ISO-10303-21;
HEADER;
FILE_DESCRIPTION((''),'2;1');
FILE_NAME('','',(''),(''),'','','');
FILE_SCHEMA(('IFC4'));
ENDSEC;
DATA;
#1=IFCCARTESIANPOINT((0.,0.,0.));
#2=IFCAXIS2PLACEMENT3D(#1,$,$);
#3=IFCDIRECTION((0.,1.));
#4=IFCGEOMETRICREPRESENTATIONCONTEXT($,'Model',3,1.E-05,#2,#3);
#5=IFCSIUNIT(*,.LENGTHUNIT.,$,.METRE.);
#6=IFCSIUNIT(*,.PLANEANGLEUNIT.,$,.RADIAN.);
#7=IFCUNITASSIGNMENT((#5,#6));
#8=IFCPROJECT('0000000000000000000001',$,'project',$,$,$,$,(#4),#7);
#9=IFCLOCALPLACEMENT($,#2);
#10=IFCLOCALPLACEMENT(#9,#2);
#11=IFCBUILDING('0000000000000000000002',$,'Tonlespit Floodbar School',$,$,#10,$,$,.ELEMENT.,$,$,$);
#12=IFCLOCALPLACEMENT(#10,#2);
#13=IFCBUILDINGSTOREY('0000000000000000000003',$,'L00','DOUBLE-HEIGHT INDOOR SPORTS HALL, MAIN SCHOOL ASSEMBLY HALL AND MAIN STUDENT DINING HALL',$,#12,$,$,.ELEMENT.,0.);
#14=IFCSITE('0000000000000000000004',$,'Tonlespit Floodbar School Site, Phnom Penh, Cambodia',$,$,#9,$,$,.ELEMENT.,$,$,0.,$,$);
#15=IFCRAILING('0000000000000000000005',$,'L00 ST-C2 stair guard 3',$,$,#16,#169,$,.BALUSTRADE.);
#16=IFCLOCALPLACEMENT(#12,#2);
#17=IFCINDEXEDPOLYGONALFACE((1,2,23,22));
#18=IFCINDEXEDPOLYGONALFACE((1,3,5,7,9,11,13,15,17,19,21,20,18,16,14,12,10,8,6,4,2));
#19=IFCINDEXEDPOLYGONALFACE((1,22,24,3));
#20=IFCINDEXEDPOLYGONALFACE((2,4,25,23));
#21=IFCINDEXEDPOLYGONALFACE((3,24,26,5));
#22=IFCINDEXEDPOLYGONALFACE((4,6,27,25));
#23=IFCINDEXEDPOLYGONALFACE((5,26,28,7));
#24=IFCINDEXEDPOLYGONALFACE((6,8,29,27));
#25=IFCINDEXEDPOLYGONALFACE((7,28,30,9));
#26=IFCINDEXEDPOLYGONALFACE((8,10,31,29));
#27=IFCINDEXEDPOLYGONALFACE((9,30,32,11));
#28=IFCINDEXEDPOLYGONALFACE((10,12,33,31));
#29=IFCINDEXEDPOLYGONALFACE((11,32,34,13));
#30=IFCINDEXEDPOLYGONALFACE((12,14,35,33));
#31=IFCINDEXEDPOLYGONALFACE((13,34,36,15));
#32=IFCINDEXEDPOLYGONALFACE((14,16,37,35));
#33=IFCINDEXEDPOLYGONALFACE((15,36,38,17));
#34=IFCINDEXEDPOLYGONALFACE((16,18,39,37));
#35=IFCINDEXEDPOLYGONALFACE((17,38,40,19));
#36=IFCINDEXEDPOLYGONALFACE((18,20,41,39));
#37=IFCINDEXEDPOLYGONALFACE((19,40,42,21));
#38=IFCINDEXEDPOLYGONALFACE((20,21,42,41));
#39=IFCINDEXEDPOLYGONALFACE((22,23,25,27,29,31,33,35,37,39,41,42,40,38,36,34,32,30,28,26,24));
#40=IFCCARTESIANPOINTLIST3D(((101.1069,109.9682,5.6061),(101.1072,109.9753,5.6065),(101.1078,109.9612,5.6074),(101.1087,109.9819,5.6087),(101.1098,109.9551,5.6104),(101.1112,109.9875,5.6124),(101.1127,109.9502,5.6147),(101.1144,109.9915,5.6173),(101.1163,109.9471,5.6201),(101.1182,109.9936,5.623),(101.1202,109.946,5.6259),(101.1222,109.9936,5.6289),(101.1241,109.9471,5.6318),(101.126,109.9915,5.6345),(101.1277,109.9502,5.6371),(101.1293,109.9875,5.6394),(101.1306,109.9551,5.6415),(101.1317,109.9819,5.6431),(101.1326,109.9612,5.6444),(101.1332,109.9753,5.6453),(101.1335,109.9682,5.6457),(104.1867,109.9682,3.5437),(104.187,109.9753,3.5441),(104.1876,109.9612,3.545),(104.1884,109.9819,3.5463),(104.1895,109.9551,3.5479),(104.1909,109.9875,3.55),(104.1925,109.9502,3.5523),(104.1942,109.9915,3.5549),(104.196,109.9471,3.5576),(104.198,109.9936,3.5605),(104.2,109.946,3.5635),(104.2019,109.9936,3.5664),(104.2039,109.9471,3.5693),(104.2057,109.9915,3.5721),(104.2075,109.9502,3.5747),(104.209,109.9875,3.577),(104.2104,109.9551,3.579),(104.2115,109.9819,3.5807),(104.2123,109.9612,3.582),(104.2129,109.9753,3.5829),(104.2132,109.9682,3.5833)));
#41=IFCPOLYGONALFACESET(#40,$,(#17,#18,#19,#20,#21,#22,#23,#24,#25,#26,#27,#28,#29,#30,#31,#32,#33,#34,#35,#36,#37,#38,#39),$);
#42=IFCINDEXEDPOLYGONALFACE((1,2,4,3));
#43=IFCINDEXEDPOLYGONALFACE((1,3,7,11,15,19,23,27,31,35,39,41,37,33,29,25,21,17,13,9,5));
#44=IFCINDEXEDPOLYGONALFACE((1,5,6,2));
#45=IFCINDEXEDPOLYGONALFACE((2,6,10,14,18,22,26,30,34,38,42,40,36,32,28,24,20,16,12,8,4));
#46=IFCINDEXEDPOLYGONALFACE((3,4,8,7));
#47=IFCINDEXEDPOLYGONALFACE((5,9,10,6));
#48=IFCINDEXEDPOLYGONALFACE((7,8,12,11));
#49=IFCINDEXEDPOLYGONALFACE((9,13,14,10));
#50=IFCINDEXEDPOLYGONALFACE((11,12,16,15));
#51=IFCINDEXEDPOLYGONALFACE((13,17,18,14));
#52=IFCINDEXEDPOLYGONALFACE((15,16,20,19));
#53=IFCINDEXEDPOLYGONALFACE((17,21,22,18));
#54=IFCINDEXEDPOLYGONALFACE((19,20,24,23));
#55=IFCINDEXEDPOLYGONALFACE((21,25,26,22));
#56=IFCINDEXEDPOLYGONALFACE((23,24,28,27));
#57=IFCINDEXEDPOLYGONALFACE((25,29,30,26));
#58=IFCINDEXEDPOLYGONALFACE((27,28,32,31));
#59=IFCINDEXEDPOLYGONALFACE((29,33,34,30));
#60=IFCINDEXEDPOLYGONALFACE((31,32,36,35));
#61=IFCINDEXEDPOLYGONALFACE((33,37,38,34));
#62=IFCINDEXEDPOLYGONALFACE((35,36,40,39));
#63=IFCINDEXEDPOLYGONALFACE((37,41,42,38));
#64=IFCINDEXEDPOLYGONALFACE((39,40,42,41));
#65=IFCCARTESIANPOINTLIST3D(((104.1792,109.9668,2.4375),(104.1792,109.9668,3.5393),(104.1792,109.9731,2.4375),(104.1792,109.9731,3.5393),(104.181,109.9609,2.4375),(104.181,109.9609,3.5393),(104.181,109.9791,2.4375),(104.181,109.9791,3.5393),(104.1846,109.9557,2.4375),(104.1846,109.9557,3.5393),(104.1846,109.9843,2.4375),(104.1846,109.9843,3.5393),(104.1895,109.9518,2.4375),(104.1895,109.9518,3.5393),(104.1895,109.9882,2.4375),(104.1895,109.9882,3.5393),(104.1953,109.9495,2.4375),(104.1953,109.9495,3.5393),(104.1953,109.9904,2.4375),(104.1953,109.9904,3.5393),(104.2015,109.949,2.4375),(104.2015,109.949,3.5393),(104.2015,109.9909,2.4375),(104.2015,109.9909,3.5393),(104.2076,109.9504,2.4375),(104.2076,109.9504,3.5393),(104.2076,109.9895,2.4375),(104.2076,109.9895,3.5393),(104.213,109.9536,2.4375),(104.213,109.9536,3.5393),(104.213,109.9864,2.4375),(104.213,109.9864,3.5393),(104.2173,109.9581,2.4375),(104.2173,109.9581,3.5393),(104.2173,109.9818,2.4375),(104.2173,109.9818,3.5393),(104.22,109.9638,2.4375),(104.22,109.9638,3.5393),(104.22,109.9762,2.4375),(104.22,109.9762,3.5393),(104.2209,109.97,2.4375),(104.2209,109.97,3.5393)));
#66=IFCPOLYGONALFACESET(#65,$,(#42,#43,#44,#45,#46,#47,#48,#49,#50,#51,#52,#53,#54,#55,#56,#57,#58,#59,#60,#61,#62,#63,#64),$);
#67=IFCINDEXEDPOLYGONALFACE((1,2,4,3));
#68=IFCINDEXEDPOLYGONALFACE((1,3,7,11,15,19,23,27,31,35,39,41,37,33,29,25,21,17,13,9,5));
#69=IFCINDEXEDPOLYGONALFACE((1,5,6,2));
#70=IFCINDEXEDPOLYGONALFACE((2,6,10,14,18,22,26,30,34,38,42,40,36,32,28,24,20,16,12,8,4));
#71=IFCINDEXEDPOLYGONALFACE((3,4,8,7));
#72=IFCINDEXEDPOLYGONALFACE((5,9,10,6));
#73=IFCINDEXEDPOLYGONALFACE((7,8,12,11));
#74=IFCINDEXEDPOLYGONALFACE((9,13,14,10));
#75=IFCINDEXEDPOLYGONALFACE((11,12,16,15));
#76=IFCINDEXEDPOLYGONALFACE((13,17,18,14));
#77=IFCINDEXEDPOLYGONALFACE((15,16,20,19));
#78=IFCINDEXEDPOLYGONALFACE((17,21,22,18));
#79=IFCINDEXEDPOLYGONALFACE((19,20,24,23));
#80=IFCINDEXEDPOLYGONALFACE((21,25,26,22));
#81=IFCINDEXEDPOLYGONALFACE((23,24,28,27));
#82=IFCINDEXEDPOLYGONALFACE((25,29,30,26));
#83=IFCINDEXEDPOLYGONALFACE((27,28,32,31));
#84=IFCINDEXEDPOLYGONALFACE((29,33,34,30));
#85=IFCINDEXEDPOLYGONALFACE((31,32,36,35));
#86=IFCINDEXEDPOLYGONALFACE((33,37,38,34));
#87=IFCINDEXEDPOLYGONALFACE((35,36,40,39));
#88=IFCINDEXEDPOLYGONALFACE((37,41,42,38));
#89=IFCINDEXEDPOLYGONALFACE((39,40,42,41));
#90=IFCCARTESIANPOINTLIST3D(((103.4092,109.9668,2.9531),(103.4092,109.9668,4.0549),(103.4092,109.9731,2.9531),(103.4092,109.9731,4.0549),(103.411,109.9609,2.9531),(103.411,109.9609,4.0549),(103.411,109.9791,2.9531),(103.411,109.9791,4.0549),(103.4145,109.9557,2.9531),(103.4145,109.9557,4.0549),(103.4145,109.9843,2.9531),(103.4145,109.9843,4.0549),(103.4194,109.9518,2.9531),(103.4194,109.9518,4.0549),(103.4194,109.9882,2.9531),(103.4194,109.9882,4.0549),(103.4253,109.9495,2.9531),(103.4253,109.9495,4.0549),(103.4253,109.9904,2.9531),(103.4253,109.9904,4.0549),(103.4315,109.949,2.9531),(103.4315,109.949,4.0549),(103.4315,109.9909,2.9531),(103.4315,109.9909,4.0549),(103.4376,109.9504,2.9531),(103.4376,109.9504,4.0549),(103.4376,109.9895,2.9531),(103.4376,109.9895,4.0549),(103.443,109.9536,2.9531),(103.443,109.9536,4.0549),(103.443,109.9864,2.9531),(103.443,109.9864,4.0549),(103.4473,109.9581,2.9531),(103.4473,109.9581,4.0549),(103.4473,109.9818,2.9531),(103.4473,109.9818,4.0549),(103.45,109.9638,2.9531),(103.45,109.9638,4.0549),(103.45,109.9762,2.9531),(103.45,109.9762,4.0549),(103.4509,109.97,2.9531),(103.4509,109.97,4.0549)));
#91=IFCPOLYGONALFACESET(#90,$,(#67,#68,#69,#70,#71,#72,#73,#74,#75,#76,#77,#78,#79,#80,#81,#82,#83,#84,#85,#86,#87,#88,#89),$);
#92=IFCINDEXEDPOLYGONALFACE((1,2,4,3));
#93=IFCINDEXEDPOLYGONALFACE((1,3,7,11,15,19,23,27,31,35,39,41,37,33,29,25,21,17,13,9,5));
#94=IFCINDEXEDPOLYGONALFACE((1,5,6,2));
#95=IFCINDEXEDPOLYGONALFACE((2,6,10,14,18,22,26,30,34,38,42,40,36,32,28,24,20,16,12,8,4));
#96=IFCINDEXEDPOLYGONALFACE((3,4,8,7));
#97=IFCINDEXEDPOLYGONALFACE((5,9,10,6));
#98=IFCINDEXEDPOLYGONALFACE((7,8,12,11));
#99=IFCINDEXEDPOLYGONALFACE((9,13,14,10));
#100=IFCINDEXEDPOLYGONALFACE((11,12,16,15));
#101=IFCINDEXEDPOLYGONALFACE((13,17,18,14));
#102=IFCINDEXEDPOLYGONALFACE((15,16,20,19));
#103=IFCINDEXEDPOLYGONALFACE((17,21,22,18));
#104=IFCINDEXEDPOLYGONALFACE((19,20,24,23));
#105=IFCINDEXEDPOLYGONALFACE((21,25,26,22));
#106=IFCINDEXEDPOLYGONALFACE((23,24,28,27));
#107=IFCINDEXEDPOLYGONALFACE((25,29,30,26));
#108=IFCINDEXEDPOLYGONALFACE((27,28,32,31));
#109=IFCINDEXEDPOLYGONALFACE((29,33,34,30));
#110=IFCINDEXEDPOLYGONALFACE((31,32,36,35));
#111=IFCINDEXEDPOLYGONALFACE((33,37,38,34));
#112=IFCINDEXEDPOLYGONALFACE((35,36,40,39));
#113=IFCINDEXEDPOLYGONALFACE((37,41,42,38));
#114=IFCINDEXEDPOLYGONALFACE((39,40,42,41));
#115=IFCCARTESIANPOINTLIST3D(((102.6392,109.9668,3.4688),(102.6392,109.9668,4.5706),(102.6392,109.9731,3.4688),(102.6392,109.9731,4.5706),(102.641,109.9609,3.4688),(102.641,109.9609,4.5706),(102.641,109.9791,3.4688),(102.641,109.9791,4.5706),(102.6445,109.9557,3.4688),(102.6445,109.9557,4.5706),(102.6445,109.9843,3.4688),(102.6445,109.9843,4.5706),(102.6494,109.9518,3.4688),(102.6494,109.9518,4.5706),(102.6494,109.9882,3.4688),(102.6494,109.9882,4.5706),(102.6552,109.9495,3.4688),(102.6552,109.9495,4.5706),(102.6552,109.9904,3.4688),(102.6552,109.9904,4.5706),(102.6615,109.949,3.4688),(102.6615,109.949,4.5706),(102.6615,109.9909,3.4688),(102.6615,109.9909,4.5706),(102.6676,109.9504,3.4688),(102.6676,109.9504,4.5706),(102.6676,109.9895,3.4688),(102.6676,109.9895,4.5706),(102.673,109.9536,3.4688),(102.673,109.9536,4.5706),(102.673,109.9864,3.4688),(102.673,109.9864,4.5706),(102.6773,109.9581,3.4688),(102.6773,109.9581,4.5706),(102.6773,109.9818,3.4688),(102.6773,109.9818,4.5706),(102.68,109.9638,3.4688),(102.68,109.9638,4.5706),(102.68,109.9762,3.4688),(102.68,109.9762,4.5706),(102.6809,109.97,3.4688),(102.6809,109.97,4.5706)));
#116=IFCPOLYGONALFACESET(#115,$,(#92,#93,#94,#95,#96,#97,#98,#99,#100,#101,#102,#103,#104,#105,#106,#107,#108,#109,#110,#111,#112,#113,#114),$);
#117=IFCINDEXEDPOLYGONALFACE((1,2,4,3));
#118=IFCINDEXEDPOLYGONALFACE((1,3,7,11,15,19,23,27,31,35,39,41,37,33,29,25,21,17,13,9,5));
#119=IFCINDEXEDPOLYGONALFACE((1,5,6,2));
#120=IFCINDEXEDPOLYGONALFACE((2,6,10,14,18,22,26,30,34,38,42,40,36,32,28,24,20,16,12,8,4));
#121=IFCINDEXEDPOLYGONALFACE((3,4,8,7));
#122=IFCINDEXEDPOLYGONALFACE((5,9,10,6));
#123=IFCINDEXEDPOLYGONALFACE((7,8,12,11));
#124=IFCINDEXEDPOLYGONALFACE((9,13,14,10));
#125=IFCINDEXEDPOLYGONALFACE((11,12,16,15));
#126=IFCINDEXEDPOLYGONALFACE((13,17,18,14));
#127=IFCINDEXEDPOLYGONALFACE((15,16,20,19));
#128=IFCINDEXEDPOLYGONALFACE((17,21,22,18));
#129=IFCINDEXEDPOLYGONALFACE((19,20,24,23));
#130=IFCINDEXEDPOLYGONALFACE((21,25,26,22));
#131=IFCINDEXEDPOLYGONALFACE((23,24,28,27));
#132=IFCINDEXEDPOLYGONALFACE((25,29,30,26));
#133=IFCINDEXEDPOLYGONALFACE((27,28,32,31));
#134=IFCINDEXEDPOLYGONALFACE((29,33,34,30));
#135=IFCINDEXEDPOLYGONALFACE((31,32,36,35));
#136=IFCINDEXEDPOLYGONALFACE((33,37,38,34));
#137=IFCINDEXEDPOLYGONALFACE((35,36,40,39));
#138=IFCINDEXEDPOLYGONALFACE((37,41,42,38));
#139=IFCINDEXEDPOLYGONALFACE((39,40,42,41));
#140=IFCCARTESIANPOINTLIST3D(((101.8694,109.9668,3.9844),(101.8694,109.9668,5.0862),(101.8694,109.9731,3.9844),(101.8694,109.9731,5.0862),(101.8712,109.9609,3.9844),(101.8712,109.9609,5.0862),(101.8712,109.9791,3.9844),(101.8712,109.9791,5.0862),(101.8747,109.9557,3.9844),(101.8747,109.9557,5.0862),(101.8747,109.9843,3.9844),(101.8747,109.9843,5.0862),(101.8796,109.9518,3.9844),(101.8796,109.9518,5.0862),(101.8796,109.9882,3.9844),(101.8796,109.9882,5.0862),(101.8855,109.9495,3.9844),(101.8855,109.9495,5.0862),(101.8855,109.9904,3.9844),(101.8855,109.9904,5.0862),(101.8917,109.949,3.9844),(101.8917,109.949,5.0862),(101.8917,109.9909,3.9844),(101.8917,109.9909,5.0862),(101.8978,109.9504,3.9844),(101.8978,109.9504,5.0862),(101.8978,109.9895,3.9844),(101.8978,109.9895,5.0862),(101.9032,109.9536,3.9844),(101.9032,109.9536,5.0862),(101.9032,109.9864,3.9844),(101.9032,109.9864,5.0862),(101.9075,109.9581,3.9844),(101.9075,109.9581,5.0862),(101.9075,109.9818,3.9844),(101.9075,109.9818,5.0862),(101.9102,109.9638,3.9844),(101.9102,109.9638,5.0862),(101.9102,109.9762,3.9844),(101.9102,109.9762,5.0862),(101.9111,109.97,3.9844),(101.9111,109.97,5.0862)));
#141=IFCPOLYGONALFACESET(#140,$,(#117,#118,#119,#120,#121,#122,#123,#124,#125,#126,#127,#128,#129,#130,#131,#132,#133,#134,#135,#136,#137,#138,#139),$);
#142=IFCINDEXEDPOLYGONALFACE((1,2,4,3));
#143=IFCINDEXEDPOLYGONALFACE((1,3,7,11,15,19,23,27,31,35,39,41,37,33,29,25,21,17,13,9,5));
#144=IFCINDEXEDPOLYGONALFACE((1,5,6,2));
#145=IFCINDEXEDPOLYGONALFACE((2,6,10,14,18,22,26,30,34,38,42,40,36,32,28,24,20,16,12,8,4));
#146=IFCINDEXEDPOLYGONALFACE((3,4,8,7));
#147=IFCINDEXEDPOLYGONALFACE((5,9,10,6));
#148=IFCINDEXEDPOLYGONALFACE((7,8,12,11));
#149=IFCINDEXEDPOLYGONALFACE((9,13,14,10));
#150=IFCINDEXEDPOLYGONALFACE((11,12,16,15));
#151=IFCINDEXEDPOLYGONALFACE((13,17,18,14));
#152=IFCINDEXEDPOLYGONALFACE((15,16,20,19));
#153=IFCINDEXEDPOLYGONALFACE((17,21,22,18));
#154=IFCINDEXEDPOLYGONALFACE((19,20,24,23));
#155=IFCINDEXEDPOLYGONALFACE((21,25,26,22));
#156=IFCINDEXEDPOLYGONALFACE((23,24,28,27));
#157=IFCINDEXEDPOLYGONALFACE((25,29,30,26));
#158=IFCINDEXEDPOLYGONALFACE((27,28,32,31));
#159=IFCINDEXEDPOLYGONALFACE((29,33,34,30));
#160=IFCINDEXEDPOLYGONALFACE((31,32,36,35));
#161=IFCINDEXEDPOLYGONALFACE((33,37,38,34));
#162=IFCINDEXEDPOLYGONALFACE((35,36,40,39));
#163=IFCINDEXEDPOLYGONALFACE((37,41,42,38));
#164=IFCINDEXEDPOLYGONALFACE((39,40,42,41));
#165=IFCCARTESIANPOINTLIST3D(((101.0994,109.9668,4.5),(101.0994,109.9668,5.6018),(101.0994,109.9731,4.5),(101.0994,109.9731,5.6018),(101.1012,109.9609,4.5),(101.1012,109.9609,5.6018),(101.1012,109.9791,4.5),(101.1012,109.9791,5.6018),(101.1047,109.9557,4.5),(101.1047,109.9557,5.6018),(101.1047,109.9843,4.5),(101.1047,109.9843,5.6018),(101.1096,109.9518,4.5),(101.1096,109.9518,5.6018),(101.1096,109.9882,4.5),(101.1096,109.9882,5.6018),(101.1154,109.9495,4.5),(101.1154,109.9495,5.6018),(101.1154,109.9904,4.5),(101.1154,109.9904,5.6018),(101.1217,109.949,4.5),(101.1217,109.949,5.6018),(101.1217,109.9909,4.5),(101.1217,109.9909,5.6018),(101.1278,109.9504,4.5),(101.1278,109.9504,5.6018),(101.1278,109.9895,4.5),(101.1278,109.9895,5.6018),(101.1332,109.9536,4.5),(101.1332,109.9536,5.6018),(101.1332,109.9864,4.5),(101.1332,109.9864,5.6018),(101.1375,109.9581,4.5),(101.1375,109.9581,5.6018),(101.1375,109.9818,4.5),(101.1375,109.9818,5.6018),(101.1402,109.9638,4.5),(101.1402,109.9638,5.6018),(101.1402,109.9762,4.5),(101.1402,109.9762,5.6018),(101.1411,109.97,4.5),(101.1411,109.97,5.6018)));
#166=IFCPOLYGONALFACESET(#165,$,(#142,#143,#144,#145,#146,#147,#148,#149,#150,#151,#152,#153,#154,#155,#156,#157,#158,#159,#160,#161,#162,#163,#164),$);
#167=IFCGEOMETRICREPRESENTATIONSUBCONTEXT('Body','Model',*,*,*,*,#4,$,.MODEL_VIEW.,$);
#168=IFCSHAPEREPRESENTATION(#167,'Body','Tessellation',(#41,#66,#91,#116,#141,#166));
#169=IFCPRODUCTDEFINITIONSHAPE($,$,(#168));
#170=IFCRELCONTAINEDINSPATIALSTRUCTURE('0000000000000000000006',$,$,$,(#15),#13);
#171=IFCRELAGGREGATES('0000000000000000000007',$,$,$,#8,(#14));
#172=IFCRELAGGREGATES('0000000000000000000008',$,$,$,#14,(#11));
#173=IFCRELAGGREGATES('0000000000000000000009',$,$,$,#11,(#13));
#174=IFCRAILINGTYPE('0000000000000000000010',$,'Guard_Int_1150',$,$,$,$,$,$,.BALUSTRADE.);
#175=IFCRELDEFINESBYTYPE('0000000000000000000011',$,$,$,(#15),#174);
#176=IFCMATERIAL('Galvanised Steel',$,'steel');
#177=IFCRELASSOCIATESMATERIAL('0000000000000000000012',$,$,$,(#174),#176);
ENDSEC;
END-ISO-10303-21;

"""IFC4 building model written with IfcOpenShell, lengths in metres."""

from ifc_helpers import new_model, si_unit, direction, frame, origin, origin_2d, place, context, subcontext, project, spatial, circle, extrude, material, type_object, element, save


model = new_model("IFC4")

# Units and contexts
model_context = context("Model", 3, precision=1e-05, world=origin(), true_north=direction((0.0, 1.0)))
body_context = subcontext(model_context, "Body", "Model", "MODEL_VIEW")
ifc_project = project(units=[si_unit("LENGTHUNIT", "METRE"), si_unit("PLANEANGLEUNIT", "RADIAN")], contexts=[model_context])

# Site, building, storey
site_placement = place(None, origin())
site = spatial("IfcSite", under=ifc_project, at=site_placement, Name="Tonlespit Floodbar School Site, Phnom Penh, Cambodia", CompositionType="ELEMENT", RefElevation=0.0)
building_placement = place(site_placement, origin())
building = spatial("IfcBuilding", under=site, at=building_placement, Name="Tonlespit Floodbar School", CompositionType="ELEMENT")
storey_placement = place(building_placement, origin())
storey = spatial("IfcBuildingStorey", under=building, at=storey_placement, Name="L00", Description="DOUBLE-HEIGHT INDOOR SPORTS HALL, MAIN SCHOOL ASSEMBLY HALL AND MAIN STUDENT DINING HALL", CompositionType="ELEMENT", Elevation=0.0)

# Shared definitions
ifc_material_1 = material(Name="Galvanised Steel", Category="steel")

# Railing
railing_type_1 = type_object("IfcRailingType", Name="Guard_Int_1150", PredefinedType="BALUSTRADE", material=ifc_material_1)
railing_1_placement = place(storey_placement, frame((104.2, 109.97, 2.4375)))
element("IfcRailing", 1, at=railing_1_placement, inside=storey, type_object=railing_type_1, Name="L00 ST-C2 stair guard 3", PredefinedType="BALUSTRADE", context=body_context, shape_type="SweptSolid", body=[
    extrude(circle(Radius=0.0239, at=origin_2d()), frame((0.0, 0.0, 1.126), z_axis=(-0.830893, 0.0, 0.556432), x_axis=(0.0, -1.0, 0.0)), (0.0, 0.0, 1.0), 3.7065),
    extrude(circle(Radius=0.021, at=origin_2d()), origin(), (0.0, 0.0, 1.0), 1.1018),
    extrude(circle(Radius=0.021, at=origin_2d()), frame((-0.77, 0.0, 0.5156)), (0.0, 0.0, 1.0), 1.1018),
    extrude(circle(Radius=0.021, at=origin_2d()), frame((-1.54, 0.0, 1.0312)), (0.0, 0.0, 1.0), 1.1018),
    extrude(circle(Radius=0.021, at=origin_2d()), frame((-2.3098, 0.0, 1.5469)), (0.0, 0.0, 1.0), 1.1018),
    extrude(circle(Radius=0.021, at=origin_2d()), frame((-3.0798, 0.0, 2.0625)), (0.0, 0.0, 1.0), 1.1018),
])

save(model, "model.ifc")
